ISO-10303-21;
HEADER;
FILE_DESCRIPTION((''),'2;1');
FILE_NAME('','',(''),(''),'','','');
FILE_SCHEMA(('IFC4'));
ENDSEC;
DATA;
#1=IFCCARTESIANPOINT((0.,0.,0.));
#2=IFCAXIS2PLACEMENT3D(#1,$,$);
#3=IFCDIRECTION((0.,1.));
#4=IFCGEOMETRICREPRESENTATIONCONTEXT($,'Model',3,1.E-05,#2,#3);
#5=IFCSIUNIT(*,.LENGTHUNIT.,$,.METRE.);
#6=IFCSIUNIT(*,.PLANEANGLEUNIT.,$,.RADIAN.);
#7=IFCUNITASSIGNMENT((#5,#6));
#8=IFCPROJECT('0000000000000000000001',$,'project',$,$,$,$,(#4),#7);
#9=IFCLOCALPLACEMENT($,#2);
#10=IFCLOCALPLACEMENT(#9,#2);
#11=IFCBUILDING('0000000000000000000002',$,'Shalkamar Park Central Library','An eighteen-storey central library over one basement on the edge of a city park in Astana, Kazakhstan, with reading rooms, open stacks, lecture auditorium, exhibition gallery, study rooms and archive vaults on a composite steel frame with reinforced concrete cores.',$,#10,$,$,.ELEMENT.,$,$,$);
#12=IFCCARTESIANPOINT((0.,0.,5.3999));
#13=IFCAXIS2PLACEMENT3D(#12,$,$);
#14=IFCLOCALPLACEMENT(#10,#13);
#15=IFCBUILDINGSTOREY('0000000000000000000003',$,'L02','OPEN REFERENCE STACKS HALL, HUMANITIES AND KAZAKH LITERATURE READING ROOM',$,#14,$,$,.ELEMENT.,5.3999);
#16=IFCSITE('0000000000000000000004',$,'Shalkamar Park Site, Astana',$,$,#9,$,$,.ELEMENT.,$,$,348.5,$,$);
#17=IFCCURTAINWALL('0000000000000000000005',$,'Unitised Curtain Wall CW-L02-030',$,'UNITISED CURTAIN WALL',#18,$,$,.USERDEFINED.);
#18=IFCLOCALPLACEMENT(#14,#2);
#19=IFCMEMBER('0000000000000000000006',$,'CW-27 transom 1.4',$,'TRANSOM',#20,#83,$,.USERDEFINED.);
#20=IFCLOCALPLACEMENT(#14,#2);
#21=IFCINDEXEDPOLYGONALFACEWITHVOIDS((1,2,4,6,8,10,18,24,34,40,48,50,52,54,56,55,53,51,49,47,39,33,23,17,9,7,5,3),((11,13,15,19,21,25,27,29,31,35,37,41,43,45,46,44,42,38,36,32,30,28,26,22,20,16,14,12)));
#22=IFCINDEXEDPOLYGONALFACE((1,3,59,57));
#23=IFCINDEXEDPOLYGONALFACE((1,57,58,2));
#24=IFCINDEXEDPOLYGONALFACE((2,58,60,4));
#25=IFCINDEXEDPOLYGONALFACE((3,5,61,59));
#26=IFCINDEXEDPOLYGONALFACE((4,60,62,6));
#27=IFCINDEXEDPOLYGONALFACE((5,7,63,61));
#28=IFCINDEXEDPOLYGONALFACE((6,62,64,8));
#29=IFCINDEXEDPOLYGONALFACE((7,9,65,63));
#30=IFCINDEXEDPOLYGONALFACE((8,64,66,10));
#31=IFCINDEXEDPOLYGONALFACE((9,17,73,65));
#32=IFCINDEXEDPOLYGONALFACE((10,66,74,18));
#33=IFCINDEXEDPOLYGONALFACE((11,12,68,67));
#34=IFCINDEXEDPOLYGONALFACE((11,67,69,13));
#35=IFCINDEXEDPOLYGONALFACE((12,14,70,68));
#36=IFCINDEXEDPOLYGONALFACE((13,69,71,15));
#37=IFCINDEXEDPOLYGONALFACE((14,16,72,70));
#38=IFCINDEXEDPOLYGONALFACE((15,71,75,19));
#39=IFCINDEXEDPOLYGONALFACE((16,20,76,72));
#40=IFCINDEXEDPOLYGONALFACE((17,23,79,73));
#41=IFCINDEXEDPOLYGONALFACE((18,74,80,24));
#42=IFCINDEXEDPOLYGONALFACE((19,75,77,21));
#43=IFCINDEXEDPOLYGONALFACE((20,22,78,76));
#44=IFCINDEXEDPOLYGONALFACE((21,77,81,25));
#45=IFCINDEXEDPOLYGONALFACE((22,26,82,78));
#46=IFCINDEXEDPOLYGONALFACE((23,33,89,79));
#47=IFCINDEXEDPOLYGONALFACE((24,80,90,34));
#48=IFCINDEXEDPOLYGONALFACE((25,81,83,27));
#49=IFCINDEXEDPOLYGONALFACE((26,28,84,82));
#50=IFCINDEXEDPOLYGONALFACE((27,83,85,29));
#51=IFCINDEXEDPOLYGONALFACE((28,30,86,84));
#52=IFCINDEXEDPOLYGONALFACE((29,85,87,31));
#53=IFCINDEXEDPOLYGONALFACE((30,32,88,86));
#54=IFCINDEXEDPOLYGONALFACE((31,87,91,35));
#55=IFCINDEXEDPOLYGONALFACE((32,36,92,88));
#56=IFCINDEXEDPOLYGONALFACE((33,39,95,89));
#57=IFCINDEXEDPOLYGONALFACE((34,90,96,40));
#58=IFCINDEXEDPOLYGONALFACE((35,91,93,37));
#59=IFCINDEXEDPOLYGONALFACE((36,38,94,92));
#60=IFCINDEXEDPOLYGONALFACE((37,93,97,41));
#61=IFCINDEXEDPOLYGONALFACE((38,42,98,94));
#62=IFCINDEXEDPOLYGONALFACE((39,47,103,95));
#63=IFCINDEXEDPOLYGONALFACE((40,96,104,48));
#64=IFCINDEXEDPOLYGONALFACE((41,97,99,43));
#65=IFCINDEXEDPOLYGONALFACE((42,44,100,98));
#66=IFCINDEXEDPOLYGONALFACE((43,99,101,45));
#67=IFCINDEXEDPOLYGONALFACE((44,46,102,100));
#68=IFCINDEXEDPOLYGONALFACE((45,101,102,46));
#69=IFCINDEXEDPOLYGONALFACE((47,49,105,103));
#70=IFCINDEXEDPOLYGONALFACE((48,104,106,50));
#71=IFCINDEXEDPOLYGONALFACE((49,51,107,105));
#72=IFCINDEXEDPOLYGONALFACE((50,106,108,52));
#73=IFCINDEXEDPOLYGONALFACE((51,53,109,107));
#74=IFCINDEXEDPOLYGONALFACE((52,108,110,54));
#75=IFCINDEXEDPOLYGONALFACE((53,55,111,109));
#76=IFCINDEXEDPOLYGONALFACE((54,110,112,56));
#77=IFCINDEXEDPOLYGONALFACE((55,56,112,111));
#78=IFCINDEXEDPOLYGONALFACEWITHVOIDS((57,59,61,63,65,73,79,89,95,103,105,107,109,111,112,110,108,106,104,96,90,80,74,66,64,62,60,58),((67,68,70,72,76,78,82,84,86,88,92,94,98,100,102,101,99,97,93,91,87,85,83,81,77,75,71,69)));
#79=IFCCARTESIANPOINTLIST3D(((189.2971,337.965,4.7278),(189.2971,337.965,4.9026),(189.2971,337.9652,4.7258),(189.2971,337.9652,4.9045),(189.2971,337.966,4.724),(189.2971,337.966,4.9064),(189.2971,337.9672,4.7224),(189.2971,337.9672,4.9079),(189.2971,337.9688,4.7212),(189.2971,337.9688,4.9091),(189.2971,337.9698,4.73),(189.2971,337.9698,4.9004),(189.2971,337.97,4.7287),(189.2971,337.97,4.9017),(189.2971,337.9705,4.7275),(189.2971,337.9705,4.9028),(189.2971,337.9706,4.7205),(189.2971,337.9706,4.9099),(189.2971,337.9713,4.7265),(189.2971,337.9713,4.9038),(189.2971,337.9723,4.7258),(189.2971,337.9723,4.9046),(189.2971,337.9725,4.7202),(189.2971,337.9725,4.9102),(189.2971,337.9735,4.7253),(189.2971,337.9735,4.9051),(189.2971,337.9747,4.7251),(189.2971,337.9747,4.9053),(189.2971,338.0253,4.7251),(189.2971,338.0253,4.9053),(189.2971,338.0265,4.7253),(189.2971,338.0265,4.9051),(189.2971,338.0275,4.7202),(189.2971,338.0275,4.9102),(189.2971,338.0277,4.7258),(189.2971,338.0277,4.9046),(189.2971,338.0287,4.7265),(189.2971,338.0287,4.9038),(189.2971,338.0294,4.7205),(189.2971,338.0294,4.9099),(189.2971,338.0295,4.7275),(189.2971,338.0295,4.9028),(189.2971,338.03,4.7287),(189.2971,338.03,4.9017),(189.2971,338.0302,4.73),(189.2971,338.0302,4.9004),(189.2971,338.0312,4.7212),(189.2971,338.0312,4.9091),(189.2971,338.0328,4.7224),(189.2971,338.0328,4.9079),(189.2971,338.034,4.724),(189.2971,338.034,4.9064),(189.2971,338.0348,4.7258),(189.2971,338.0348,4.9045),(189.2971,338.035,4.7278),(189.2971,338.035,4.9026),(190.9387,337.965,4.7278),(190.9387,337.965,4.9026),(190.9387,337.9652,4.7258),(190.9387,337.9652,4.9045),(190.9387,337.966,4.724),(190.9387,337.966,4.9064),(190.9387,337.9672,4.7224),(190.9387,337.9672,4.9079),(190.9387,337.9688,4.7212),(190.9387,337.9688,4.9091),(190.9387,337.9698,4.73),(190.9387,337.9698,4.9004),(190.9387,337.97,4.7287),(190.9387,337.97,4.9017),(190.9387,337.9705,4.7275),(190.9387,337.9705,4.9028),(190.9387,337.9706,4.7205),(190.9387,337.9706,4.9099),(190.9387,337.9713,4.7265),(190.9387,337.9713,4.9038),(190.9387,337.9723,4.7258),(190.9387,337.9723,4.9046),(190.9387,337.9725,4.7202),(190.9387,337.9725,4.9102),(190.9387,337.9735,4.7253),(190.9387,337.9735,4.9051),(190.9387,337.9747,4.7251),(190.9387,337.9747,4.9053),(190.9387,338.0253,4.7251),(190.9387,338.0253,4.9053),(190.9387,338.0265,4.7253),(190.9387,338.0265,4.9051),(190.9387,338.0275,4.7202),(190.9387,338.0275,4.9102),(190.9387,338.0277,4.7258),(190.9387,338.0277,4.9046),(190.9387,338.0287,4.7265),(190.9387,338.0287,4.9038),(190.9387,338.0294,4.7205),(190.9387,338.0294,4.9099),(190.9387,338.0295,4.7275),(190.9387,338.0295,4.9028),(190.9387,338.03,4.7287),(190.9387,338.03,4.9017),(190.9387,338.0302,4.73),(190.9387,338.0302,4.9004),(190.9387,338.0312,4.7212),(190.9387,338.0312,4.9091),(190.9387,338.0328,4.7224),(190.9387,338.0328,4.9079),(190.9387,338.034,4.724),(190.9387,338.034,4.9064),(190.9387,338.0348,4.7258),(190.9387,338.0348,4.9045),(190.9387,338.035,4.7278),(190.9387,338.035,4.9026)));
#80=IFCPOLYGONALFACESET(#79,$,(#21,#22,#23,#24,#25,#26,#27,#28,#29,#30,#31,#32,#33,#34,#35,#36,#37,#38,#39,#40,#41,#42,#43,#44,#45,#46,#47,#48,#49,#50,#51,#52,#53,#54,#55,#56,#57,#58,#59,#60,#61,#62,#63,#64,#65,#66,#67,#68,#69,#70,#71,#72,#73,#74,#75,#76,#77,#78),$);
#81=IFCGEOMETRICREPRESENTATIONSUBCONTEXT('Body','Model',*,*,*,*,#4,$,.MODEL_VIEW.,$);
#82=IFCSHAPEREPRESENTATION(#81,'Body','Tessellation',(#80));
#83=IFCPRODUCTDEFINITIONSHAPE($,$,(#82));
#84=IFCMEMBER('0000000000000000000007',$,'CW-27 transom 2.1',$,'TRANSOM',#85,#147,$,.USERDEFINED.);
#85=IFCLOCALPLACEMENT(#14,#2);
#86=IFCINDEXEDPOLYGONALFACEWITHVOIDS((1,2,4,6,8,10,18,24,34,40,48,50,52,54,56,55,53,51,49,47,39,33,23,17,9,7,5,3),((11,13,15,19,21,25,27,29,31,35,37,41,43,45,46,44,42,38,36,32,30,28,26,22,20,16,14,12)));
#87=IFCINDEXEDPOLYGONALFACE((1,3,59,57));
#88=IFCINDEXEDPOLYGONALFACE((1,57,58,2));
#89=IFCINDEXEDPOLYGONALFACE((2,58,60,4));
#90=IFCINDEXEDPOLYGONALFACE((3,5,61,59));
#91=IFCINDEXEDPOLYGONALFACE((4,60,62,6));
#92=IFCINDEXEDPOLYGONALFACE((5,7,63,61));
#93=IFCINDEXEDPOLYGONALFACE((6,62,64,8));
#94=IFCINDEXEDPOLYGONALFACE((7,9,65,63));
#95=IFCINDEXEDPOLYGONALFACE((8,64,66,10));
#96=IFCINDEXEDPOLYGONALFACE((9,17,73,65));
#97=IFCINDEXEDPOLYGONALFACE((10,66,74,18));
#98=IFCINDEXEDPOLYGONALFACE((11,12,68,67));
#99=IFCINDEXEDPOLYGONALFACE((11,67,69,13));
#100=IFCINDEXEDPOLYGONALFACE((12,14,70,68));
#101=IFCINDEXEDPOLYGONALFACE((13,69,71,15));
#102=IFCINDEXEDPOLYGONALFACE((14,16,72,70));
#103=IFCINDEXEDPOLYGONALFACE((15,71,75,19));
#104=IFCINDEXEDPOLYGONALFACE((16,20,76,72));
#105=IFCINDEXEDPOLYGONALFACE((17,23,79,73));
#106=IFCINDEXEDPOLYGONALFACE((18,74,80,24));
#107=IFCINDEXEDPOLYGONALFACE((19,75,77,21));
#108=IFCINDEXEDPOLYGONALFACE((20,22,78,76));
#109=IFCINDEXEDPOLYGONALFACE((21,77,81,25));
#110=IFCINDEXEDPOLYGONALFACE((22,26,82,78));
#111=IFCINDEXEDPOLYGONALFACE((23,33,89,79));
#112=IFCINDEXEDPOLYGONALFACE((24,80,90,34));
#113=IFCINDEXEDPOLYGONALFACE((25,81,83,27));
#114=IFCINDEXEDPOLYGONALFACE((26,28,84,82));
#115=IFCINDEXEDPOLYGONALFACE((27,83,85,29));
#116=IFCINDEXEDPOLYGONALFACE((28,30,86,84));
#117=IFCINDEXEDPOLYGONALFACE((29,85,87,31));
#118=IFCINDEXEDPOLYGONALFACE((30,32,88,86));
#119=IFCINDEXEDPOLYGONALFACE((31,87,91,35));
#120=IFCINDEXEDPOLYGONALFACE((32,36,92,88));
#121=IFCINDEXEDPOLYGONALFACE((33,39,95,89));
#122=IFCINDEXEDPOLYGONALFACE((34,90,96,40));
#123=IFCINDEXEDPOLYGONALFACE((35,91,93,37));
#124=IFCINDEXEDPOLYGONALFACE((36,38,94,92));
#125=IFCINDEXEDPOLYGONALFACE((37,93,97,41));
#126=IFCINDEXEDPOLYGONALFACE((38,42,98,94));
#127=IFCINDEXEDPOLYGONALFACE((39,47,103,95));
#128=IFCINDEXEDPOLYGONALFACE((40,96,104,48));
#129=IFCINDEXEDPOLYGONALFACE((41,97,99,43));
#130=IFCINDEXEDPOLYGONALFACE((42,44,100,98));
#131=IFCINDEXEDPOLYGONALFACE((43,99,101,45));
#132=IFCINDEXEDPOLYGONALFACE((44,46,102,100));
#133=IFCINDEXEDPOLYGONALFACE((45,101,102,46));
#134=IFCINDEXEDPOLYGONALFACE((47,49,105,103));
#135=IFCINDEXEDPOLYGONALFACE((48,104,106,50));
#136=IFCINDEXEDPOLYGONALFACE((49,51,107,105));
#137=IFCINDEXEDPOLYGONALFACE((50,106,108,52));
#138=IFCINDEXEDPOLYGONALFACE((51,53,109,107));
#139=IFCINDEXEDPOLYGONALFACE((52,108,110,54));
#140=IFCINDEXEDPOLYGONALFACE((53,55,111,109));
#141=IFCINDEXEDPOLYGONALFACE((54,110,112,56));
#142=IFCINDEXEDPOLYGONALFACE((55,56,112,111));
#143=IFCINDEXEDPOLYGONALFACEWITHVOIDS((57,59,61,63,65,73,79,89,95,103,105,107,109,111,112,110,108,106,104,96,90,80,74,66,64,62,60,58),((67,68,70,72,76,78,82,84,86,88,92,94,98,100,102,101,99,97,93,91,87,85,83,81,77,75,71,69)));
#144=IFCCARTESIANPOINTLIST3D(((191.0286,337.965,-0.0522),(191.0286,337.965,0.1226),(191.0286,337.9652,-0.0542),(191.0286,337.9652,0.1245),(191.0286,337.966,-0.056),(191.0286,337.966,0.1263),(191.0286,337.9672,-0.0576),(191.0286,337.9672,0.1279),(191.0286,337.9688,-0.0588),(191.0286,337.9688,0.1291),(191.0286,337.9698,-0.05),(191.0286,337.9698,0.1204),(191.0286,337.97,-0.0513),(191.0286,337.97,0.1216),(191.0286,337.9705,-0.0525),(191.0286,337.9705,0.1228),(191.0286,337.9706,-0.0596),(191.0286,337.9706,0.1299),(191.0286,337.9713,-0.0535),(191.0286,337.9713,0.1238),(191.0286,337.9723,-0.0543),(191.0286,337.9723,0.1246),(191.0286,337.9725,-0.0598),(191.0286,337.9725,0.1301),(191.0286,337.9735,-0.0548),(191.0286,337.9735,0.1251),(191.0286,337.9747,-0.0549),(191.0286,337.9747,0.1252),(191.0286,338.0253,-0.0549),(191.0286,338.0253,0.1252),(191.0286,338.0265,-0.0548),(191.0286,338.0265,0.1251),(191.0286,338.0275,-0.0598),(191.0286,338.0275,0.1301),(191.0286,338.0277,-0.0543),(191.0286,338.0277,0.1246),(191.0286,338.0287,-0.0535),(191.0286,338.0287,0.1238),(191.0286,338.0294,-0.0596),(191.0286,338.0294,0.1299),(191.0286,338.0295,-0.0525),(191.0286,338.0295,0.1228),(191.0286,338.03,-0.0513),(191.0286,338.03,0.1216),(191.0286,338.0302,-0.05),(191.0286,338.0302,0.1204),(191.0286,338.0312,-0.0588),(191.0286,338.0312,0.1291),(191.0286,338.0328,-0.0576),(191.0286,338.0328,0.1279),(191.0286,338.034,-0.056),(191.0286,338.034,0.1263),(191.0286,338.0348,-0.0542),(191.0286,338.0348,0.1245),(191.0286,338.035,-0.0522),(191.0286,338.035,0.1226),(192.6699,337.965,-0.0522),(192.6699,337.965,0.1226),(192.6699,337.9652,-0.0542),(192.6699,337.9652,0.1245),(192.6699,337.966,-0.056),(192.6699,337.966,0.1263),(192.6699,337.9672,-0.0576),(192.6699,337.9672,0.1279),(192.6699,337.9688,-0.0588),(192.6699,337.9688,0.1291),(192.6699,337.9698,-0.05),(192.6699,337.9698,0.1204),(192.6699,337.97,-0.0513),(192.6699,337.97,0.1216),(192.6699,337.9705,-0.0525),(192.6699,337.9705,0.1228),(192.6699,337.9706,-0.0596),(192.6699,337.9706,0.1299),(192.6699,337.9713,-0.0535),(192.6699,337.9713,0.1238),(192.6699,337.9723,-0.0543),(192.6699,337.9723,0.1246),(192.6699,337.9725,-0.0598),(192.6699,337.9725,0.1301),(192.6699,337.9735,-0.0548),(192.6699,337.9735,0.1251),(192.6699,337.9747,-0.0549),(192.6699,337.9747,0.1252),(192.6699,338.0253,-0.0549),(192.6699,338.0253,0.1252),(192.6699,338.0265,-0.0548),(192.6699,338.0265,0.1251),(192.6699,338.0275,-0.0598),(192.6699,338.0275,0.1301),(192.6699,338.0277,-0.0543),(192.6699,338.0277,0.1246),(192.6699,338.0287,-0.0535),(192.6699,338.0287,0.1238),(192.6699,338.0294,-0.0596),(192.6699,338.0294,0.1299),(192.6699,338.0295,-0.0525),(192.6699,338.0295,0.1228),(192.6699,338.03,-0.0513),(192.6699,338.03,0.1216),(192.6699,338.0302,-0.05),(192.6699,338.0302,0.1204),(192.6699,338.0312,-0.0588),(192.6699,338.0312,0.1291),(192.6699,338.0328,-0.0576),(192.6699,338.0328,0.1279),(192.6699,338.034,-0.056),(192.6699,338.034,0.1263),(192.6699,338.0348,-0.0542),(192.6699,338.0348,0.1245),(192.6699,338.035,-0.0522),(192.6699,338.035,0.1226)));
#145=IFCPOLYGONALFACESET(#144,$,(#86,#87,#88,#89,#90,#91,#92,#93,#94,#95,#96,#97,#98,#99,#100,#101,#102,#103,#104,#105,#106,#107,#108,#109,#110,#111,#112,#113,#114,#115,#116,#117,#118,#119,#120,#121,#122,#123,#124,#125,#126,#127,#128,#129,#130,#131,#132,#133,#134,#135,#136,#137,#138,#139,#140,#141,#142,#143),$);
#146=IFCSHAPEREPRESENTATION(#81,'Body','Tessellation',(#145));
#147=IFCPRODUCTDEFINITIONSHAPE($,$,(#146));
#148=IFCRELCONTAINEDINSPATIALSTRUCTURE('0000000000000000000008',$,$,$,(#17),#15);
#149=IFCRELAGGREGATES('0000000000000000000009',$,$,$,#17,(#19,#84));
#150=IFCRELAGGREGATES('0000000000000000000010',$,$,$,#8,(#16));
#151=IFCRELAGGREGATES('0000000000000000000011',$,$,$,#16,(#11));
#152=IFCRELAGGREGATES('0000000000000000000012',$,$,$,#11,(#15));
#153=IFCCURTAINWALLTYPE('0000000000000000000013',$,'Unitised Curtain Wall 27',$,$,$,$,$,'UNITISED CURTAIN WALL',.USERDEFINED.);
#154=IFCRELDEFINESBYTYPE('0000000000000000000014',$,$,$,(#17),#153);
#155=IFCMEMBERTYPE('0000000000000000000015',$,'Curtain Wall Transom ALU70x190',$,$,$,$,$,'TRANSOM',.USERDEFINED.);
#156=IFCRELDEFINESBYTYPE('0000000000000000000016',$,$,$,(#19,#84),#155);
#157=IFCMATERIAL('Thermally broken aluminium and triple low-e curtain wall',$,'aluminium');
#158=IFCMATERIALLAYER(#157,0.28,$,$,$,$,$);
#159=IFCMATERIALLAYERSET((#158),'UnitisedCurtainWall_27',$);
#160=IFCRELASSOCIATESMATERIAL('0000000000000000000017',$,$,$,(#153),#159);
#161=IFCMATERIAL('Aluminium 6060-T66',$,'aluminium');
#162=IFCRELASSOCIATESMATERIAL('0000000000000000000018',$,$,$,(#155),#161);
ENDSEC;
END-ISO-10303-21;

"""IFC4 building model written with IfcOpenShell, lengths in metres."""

from ifc_helpers import new_model, si_unit, direction, frame, origin, origin_2d, place, context, subcontext, project, spatial, hollow_rectangle, extrude, material, layer, layer_set, material_profile, profile_set, type_object, element, aggregate, save


model = new_model("IFC4")

# Units and contexts
model_context = context("Model", 3, precision=1e-05, world=origin(), true_north=direction((0.0, 1.0)))
body_context = subcontext(model_context, "Body", "Model", "MODEL_VIEW")
ifc_project = project(units=[si_unit("LENGTHUNIT", "METRE"), si_unit("PLANEANGLEUNIT", "RADIAN")], contexts=[model_context])

# Site, building, storey
site_placement = place(None, origin())
site = spatial("IfcSite", under=ifc_project, at=site_placement, Name="Shalkamar Park Site, Astana", CompositionType="ELEMENT", RefElevation=348.5)
building_placement = place(site_placement, origin())
building = spatial("IfcBuilding", under=site, at=building_placement, Name="Shalkamar Park Central Library", Description="An eighteen-storey central library over one basement on the edge of a city park in Astana, Kazakhstan, with reading rooms, open stacks, lecture auditorium, exhibition gallery, study rooms and archive vaults on a composite steel frame with reinforced concrete cores.", CompositionType="ELEMENT")
storey_placement = place(building_placement, frame((0.0, 0.0, 5.3999)))
storey = spatial("IfcBuildingStorey", under=building, at=storey_placement, Name="L02", Description="OPEN REFERENCE STACKS HALL, HUMANITIES AND KAZAKH LITERATURE READING ROOM", CompositionType="ELEMENT", Elevation=5.3999)

# Curtain wall
ifc_material_1 = material(Name="Thermally broken aluminium and triple low-e curtain wall", Category="aluminium")
ifc_material_2 = material(Name="Aluminium 6060-T66", Category="aluminium")
ifc_layer_1 = layer(ifc_material_1, 0.28)
ifc_layer_set_1 = layer_set([ifc_layer_1], Name="UnitisedCurtainWall_27")
curtain_wall_type_1 = type_object("IfcCurtainWallType", Name="Unitised Curtain Wall 27", ElementType="UNITISED CURTAIN WALL", PredefinedType="USERDEFINED", material=ifc_layer_set_1)
curtain_wall_1_placement = place(storey_placement, origin())
curtain_wall_1 = element("IfcCurtainWall", 1, at=curtain_wall_1_placement, inside=storey, type_object=curtain_wall_type_1, Name="Unitised Curtain Wall CW-L02-030", ObjectType="UNITISED CURTAIN WALL", PredefinedType="USERDEFINED")

# Members
ifc_material_profile_1 = material_profile(ifc_material_2, hollow_rectangle(XDim=0.0701, YDim=0.1899, WallThickness=0.0049, InnerFilletRadius=0.0049, OuterFilletRadius=0.0076, at=origin_2d()), Name="ALU 70x190x5")
ifc_profile_set_1 = profile_set([ifc_material_profile_1], Name="Aluminium 6060-T66")
member_type_1 = type_object("IfcMemberType", Name="Curtain Wall Transom ALU70x190", ElementType="TRANSOM", PredefinedType="USERDEFINED", material=ifc_profile_set_1)
member_1_placement = place(storey_placement, frame((189.2971, 338.0, 4.8152), z_axis=(1.0, 0.0, 0.0), x_axis=(0.0, 1.0, 0.0)))
member_1 = element("IfcMember", 2, at=member_1_placement, type_object=member_type_1, Name="CW-27 transom 1.4", ObjectType="TRANSOM", PredefinedType="USERDEFINED", context=body_context, shape_type="SweptSolid", body=[
    extrude(hollow_rectangle(XDim=0.0701, YDim=0.1899, WallThickness=0.0049, InnerFilletRadius=0.0049, OuterFilletRadius=0.0076, at=origin_2d()), origin(), (0.0, 0.0, 1.0), 1.6416),
])
member_2_placement = place(storey_placement, frame((191.0286, 338.0, 0.0352), z_axis=(1.0, 0.0, 0.0), x_axis=(0.0, 1.0, 0.0)))
member_2 = element("IfcMember", 3, at=member_2_placement, type_object=member_type_1, Name="CW-27 transom 2.1", ObjectType="TRANSOM", PredefinedType="USERDEFINED", context=body_context, shape_type="SweptSolid", body=[
    extrude(hollow_rectangle(XDim=0.0701, YDim=0.1899, WallThickness=0.0049, InnerFilletRadius=0.0049, OuterFilletRadius=0.0076, at=origin_2d()), origin(), (0.0, 0.0, 1.0), 1.6414),
])

aggregate(curtain_wall_1, [member_1, member_2])

save(model, "model.ifc")
